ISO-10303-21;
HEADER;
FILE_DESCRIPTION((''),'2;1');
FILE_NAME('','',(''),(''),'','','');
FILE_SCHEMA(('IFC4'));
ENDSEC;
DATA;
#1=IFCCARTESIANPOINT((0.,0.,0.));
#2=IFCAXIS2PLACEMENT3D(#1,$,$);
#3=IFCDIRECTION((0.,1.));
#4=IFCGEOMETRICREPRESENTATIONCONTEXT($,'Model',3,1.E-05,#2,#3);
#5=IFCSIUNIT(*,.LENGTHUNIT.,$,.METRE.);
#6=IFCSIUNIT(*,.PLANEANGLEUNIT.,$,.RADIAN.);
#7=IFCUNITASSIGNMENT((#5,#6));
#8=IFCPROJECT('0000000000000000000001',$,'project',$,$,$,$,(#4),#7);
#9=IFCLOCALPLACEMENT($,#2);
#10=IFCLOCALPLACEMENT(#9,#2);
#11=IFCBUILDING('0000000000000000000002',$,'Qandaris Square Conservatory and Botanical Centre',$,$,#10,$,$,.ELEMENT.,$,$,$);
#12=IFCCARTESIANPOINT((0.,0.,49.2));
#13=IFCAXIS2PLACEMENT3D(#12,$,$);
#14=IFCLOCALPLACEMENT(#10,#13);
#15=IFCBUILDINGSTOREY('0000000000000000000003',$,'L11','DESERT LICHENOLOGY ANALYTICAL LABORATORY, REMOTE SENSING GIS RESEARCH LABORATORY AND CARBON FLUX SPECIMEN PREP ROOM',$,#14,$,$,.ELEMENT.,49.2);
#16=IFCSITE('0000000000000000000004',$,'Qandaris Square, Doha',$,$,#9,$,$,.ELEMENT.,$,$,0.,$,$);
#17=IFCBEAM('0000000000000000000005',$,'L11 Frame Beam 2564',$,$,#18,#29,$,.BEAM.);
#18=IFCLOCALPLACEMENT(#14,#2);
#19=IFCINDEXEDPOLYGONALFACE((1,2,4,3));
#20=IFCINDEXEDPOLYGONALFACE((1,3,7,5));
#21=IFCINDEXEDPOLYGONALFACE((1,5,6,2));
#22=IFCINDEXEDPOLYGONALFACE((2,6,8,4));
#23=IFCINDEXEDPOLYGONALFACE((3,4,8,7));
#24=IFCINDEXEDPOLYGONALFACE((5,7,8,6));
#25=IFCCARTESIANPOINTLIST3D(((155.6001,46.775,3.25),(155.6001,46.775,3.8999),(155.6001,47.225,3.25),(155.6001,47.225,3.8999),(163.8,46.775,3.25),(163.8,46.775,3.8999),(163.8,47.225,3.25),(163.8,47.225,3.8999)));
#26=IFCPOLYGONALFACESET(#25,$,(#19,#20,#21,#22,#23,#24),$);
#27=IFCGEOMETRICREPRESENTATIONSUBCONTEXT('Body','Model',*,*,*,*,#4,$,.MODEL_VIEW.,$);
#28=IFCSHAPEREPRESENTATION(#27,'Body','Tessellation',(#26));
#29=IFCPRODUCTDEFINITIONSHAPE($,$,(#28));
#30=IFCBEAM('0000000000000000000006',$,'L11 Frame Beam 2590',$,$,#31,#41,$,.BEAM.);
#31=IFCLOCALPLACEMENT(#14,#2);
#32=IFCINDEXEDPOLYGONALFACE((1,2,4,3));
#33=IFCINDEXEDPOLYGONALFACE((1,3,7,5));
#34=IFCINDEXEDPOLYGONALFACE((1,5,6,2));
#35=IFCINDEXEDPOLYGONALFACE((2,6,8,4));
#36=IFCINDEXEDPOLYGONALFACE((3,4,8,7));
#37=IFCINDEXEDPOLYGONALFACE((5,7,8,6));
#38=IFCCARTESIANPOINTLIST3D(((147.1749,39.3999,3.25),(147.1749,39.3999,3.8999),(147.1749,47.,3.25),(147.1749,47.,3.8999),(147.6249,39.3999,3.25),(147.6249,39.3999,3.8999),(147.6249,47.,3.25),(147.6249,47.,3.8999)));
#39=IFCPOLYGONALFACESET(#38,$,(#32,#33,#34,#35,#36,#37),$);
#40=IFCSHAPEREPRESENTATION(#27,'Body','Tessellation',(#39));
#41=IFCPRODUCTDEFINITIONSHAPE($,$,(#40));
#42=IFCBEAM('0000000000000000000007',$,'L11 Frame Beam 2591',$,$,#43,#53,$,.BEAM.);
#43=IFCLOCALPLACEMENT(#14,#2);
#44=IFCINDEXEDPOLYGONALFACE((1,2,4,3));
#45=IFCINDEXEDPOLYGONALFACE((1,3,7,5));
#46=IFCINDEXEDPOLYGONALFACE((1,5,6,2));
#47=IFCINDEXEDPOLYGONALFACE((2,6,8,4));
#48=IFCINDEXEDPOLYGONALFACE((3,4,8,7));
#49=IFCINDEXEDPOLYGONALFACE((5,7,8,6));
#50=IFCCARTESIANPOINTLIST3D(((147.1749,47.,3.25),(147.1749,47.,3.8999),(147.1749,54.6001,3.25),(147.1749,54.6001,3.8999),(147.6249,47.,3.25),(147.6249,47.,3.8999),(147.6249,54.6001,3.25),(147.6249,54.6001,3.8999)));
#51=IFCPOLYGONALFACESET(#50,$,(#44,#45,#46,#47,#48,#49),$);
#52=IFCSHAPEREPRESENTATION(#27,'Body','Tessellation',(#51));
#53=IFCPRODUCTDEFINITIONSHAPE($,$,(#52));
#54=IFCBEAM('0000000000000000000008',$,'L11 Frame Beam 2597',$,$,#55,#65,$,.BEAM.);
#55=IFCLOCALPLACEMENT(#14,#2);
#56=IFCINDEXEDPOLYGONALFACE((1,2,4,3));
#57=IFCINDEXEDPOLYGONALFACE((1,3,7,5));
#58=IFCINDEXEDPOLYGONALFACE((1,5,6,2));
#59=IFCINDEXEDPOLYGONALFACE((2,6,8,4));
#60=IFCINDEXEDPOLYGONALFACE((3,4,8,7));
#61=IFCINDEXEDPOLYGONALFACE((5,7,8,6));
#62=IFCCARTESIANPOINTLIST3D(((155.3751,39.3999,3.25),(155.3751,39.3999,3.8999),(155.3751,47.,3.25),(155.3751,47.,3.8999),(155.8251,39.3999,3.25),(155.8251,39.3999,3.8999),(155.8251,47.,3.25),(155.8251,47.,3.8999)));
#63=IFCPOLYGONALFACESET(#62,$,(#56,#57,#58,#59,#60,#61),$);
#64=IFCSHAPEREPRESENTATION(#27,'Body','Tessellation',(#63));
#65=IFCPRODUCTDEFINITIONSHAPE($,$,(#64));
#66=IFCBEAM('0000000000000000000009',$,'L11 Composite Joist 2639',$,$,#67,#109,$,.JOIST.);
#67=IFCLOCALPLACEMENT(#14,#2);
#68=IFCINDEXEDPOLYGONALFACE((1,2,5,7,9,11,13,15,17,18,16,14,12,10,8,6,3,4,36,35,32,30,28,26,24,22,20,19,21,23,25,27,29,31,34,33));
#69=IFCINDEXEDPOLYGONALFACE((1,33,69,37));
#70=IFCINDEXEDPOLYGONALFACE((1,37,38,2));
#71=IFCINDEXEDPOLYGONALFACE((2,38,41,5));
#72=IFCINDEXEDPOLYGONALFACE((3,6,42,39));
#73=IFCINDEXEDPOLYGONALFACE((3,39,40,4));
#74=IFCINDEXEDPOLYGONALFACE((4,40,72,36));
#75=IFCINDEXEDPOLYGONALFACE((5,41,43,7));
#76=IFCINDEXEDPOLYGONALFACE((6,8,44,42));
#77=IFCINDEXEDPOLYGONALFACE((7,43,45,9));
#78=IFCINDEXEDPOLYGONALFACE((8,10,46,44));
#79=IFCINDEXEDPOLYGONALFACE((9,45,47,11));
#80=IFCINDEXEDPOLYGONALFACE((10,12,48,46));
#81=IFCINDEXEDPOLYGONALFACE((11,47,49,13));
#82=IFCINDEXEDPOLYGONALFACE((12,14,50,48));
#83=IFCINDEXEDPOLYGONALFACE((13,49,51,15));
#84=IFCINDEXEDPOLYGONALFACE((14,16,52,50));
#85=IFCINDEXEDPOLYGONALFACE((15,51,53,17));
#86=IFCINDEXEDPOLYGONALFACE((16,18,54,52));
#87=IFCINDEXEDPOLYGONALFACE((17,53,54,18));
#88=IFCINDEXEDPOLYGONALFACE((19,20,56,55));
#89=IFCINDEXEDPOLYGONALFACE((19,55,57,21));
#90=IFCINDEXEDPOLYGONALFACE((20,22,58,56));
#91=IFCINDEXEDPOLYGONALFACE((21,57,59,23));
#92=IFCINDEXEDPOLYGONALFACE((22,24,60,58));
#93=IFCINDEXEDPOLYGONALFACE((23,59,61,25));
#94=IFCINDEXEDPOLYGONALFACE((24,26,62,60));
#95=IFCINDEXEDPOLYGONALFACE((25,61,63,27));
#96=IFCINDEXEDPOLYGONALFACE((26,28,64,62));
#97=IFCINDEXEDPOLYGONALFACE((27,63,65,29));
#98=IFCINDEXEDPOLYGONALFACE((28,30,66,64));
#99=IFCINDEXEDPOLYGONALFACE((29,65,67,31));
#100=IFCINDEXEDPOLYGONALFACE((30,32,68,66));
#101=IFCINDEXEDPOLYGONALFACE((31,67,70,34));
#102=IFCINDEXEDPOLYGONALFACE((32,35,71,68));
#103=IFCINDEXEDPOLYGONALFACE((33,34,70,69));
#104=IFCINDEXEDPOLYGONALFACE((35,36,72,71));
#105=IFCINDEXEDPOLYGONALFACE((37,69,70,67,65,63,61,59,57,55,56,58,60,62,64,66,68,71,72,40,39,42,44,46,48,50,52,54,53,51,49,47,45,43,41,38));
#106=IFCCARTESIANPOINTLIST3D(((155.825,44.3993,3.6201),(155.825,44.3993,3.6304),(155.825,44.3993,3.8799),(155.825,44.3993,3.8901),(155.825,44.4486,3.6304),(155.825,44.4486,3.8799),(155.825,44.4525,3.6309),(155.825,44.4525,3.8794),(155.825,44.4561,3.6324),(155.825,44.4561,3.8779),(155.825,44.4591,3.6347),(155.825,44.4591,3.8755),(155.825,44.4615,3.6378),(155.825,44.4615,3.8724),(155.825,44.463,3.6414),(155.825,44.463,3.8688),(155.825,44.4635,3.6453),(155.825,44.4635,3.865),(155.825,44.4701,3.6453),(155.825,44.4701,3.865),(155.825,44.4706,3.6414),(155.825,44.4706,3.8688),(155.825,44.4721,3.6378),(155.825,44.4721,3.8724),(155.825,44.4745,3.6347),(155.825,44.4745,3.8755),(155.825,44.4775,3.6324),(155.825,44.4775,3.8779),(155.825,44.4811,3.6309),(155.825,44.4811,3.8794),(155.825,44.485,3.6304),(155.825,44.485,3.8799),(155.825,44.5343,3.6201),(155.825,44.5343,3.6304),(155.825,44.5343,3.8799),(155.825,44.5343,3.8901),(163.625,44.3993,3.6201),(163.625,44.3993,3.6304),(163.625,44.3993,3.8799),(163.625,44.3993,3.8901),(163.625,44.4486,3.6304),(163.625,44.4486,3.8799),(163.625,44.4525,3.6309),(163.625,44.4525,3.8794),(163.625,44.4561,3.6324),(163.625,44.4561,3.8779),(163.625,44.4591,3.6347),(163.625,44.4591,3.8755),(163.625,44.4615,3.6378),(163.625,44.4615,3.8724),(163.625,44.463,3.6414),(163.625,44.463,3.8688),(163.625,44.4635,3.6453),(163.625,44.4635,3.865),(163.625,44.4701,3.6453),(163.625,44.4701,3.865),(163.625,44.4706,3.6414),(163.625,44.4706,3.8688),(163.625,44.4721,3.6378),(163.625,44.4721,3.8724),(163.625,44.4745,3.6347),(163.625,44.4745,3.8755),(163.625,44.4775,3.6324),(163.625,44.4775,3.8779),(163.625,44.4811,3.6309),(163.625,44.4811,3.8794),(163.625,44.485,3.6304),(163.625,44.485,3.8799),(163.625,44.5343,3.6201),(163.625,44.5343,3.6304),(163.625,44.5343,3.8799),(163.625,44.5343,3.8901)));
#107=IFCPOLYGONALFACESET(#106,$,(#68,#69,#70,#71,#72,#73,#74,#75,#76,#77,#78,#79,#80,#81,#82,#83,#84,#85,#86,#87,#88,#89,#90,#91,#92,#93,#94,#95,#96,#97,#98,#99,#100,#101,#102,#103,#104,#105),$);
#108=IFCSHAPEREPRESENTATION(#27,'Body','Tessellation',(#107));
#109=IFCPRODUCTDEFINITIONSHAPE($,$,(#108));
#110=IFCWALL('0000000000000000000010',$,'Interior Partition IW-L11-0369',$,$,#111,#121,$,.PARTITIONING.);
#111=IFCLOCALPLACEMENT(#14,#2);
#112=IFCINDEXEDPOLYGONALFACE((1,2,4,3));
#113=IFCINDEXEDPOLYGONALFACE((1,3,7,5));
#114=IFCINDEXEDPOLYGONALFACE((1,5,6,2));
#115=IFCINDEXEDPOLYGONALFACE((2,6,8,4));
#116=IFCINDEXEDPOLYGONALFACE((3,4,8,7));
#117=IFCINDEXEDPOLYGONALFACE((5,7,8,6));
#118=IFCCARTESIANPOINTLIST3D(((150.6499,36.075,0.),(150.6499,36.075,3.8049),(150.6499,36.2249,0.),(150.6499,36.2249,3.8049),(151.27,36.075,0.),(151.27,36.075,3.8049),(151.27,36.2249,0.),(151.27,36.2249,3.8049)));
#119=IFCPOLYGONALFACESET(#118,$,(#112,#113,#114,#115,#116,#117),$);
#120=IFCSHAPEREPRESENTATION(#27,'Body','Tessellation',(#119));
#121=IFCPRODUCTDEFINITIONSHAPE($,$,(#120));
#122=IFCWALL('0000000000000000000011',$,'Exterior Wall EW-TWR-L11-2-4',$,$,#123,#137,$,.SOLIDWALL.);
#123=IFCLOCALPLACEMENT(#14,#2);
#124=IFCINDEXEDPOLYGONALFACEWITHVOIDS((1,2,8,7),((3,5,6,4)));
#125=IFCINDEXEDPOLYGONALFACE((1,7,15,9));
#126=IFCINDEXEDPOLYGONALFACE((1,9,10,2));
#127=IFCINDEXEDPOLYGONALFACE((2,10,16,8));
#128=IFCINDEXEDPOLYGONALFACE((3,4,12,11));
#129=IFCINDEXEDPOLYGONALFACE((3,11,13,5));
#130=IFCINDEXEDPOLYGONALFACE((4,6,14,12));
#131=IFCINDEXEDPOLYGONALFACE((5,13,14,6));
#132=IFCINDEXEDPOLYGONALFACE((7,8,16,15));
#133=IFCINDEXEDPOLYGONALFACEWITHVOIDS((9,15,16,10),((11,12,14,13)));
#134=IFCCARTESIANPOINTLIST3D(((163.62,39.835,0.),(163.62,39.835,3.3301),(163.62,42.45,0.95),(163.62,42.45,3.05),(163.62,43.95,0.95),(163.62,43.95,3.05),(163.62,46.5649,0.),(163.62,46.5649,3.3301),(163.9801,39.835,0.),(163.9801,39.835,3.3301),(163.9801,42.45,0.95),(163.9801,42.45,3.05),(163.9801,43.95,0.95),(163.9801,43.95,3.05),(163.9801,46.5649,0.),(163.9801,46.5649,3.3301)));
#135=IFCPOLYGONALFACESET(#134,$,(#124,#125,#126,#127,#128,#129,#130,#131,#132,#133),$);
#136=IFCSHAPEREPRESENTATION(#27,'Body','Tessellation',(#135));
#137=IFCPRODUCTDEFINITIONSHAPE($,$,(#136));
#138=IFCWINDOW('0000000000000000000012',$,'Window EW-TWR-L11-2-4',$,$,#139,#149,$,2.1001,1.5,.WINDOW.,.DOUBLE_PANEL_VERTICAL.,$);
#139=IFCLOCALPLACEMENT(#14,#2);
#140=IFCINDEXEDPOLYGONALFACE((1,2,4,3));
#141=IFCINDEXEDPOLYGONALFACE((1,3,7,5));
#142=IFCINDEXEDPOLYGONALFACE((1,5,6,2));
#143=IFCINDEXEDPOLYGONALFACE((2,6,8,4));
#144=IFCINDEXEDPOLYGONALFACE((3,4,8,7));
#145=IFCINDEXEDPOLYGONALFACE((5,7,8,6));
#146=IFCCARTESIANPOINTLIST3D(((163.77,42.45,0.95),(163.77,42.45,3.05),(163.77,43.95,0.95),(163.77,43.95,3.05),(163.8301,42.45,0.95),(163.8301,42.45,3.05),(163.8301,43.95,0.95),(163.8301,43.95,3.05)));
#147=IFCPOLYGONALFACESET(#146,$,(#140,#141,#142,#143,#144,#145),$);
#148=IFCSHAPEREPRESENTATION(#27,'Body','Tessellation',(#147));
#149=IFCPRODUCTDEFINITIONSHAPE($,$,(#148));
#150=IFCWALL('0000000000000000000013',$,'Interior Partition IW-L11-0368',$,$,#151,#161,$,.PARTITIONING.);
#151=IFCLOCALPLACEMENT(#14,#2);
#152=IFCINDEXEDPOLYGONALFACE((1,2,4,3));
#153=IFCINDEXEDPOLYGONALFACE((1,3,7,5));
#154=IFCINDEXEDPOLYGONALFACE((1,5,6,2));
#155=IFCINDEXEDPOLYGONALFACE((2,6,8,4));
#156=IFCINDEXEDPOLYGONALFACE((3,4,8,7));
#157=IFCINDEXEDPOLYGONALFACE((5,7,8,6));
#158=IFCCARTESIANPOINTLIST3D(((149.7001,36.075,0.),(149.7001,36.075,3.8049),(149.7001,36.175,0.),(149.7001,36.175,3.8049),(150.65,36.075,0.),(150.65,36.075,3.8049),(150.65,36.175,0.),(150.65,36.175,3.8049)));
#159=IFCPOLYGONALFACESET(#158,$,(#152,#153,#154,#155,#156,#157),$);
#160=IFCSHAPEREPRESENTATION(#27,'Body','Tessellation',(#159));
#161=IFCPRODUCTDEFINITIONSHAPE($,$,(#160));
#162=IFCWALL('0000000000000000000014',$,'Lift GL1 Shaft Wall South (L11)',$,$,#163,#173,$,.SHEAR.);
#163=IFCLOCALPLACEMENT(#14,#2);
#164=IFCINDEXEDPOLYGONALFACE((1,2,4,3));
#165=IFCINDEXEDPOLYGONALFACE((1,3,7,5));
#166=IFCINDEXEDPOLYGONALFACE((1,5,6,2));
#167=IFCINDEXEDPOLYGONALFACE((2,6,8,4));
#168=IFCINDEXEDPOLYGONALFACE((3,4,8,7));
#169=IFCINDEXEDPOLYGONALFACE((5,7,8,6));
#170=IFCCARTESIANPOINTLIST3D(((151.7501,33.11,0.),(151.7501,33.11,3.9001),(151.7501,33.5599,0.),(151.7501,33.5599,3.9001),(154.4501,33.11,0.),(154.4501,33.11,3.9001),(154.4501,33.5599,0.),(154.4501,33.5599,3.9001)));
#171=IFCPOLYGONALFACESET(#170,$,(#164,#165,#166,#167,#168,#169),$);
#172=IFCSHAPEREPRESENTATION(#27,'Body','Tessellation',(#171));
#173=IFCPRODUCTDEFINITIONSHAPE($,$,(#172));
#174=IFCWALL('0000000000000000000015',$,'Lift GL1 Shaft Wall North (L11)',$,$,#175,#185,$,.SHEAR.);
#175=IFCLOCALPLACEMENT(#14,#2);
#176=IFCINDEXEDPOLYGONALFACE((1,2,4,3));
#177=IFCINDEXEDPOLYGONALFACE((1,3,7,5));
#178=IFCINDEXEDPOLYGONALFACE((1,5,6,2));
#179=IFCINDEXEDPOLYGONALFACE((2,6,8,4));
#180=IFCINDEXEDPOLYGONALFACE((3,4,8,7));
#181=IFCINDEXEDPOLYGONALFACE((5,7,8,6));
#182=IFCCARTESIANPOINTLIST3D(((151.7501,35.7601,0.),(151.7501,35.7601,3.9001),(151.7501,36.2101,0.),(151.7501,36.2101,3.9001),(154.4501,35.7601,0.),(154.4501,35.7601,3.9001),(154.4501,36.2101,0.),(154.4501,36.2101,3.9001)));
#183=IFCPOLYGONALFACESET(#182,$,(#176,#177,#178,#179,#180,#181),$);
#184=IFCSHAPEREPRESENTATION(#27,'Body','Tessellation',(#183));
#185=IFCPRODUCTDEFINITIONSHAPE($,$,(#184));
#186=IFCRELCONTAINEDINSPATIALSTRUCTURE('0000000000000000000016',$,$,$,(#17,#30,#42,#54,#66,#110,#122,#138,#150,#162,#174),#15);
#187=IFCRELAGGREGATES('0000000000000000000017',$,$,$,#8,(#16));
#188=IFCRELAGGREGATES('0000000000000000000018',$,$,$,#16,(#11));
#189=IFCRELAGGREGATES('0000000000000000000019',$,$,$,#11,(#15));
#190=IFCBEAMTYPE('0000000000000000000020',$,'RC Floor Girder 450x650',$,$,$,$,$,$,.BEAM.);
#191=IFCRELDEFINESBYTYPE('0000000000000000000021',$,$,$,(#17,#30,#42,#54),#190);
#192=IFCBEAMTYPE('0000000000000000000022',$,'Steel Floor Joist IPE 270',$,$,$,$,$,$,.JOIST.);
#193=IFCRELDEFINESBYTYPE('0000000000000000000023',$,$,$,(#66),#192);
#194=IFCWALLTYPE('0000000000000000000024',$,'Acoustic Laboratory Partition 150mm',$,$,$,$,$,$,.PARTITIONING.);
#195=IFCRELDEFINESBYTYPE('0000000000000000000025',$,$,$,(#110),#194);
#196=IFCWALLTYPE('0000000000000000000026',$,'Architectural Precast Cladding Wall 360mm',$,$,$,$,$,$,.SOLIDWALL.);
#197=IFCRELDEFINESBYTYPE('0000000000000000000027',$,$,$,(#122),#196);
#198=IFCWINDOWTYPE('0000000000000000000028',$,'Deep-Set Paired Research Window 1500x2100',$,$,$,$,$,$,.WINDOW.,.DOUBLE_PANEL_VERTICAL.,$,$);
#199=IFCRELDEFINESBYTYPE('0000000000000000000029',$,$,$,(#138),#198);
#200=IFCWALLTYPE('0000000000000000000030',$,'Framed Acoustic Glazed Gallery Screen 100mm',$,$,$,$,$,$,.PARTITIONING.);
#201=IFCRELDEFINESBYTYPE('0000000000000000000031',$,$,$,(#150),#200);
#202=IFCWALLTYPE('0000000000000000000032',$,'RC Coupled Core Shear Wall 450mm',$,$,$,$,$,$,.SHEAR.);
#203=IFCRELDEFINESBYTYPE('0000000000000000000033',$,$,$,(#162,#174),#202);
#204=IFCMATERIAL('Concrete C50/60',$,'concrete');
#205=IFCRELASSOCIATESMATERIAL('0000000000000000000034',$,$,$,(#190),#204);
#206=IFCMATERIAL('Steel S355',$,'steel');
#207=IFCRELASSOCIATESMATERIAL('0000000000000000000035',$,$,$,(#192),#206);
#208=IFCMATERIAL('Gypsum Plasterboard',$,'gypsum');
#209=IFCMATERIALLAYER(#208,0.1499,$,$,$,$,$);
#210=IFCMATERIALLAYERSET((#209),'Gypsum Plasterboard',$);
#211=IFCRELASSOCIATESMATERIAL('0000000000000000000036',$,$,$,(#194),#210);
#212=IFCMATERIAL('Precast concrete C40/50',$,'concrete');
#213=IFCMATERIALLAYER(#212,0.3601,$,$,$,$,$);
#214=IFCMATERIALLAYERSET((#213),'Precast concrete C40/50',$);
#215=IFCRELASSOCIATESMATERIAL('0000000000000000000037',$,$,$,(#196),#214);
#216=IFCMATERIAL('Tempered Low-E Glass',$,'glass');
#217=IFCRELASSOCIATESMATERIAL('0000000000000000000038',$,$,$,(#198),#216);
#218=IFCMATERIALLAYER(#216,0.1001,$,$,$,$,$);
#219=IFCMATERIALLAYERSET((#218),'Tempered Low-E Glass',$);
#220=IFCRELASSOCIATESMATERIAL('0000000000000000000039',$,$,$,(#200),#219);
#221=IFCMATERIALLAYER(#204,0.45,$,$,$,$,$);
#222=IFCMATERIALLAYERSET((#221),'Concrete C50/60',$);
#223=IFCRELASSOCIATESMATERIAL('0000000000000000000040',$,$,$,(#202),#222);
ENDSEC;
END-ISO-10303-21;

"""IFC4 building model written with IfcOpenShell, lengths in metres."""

from ifc_helpers import new_model, si_unit, direction, frame, frame_2d, origin, origin_2d, place, context, subcontext, project, spatial, rectangle, i_section, extrude, material, layer, layer_set, material_profile, profile_set, type_object, element, fill, save


model = new_model("IFC4")

# Units and contexts
model_context = context("Model", 3, precision=1e-05, world=origin(), true_north=direction((0.0, 1.0)))
body_context = subcontext(model_context, "Body", "Model", "MODEL_VIEW")
ifc_project = project(units=[si_unit("LENGTHUNIT", "METRE"), si_unit("PLANEANGLEUNIT", "RADIAN")], contexts=[model_context])

# Site, building, storey
site_placement = place(None, origin())
site = spatial("IfcSite", under=ifc_project, at=site_placement, Name="Qandaris Square, Doha", CompositionType="ELEMENT", RefElevation=0.0)
building_placement = place(site_placement, origin())
building = spatial("IfcBuilding", under=site, at=building_placement, Name="Qandaris Square Conservatory and Botanical Centre", CompositionType="ELEMENT")
storey_placement = place(building_placement, frame((0.0, 0.0, 49.2)))
storey = spatial("IfcBuildingStorey", under=building, at=storey_placement, Name="L11", Description="DESERT LICHENOLOGY ANALYTICAL LABORATORY, REMOTE SENSING GIS RESEARCH LABORATORY AND CARBON FLUX SPECIMEN PREP ROOM", CompositionType="ELEMENT", Elevation=49.2)

# Shared definitions
ifc_material_1 = material(Name="Concrete C50/60", Category="concrete")

# Beams
ifc_material_2 = material(Name="Steel S355", Category="steel")
ifc_material_profile_1 = material_profile(ifc_material_1, rectangle(XDim=0.45, YDim=0.6499, at=origin_2d()), Name="RC-BM 450x650")
ifc_profile_set_1 = profile_set([ifc_material_profile_1], Name="Concrete C50/60")
beam_type_1 = type_object("IfcBeamType", Name="RC Floor Girder 450x650", PredefinedType="BEAM", material=ifc_profile_set_1)
beam_1_placement = place(storey_placement, frame((155.6001, 47.0, 3.575), z_axis=(1.0, 0.0, 0.0), x_axis=(0.0, 1.0, 0.0)))
element("IfcBeam", 1, at=beam_1_placement, inside=storey, type_object=beam_type_1, Name="L11 Frame Beam 2564", PredefinedType="BEAM", context=body_context, shape_type="SweptSolid", body=[
    extrude(rectangle(XDim=0.45, YDim=0.6499, at=origin_2d()), origin(), (0.0, 0.0, 1.0), 8.2),
])
for number, where, z_axis, x_axis, name in (
    (2, (147.3999, 39.3999, 3.575), (0.0, 1.0, 0.0), (-1.0, 0.0, 0.0), "L11 Frame Beam 2590"),
    (3, (147.3999, 47.0, 3.575), (0.0, 1.0, 0.0), (-1.0, 0.0, 0.0), "L11 Frame Beam 2591"),
    (4, (155.6001, 39.3999, 3.575), (0.0, 1.0, 0.0), (-1.0, 0.0, 0.0), "L11 Frame Beam 2597"),
):
    element("IfcBeam", number, at=place(storey_placement, frame(where, z_axis=z_axis, x_axis=x_axis)), inside=storey, type_object=beam_type_1, Name=name, PredefinedType="BEAM", context=body_context, shape_type="SweptSolid", body=[
        extrude(rectangle(XDim=0.45, YDim=0.6499, at=origin_2d()), origin(), (0.0, 0.0, 1.0), 7.6001),
    ])
ifc_material_profile_2 = material_profile(ifc_material_2, i_section(OverallWidth=0.135, OverallDepth=0.27, WebThickness=0.0066, FlangeThickness=0.0103, FilletRadius=0.0149, at=origin_2d()), Name="IPE 270")
ifc_profile_set_2 = profile_set([ifc_material_profile_2], Name="Steel S355")
beam_type_2 = type_object("IfcBeamType", Name="Steel Floor Joist IPE 270", PredefinedType="JOIST", material=ifc_profile_set_2)
beam_2_placement = place(storey_placement, frame((155.825, 44.4668, 3.7551), z_axis=(1.0, 0.0, 0.0), x_axis=(0.0, 1.0, 0.0)))
element("IfcBeam", 5, at=beam_2_placement, inside=storey, type_object=beam_type_2, Name="L11 Composite Joist 2639", PredefinedType="JOIST", context=body_context, shape_type="SweptSolid", body=[
    extrude(i_section(OverallWidth=0.135, OverallDepth=0.27, WebThickness=0.0066, FlangeThickness=0.0103, FilletRadius=0.0149, at=origin_2d()), origin(), (0.0, 0.0, 1.0), 7.8),
])

# Wall
ifc_material_3 = material(Name="Gypsum Plasterboard", Category="gypsum")
ifc_layer_1 = layer(ifc_material_3, 0.1499)
ifc_layer_set_1 = layer_set([ifc_layer_1], Name="Gypsum Plasterboard")
wall_type_1 = type_object("IfcWallType", Name="Acoustic Laboratory Partition 150mm", PredefinedType="PARTITIONING", material=ifc_layer_set_1)
wall_1_placement = place(storey_placement, frame((150.6499, 36.1499, 0.0), z_axis=(0.0, 0.0, 1.0), x_axis=(1.0, 0.0, 0.0)))
element("IfcWall", 6, at=wall_1_placement, inside=storey, type_object=wall_type_1, Name="Interior Partition IW-L11-0369", PredefinedType="PARTITIONING", context=body_context, shape_type="SweptSolid", body=[
    extrude(rectangle(XDim=0.6201, YDim=0.1499, at=frame_2d((0.3101, 0.0))), origin(), (0.0, 0.0, 1.0), 3.8049),
])

# Wall, opening, window
ifc_material_4 = material(Name="Precast concrete C40/50", Category="concrete")
ifc_layer_2 = layer(ifc_material_4, 0.3601)
ifc_layer_set_2 = layer_set([ifc_layer_2], Name="Precast concrete C40/50")
wall_type_2 = type_object("IfcWallType", Name="Architectural Precast Cladding Wall 360mm", PredefinedType="SOLIDWALL", material=ifc_layer_set_2)
wall_2_placement = place(storey_placement, frame((163.8, 39.835, 0.0), z_axis=(0.0, 0.0, 1.0), x_axis=(0.0, 1.0, 0.0)))
wall_2 = element("IfcWall", 7, at=wall_2_placement, inside=storey, type_object=wall_type_2, Name="Exterior Wall EW-TWR-L11-2-4", PredefinedType="SOLIDWALL", context=body_context, shape_type="SweptSolid", body=[
    extrude(rectangle(XDim=6.73, YDim=0.3601, at=frame_2d((3.365, 0.0))), origin(), (0.0, 0.0, 1.0), 3.3301),
])
opening_1_placement = place(wall_2_placement, frame((2.615, 0.0, 0.95)))
opening_1 = element("IfcOpeningElement", 8, at=opening_1_placement, cuts=wall_2, PredefinedType="OPENING", context=body_context, shape_type="SweptSolid", body=[
    extrude(rectangle(XDim=1.5, YDim=2.1001, at=frame_2d((0.75, 1.05))), frame((0.0, 0.1919, 0.0), z_axis=(0.0, -1.0, 0.0), x_axis=(1.0, 0.0, 0.0)), (0.0, 0.0, 1.0), 0.384),
])
ifc_material_5 = material(Name="Tempered Low-E Glass", Category="glass")
window_type = type_object("IfcWindowType", Name="Deep-Set Paired Research Window 1500x2100", PartitioningType="DOUBLE_PANEL_VERTICAL", PredefinedType="WINDOW", material=ifc_material_5)
window_placement = place(opening_1_placement, origin())
window = element("IfcWindow", 9, at=window_placement, inside=storey, type_object=window_type, Name="Window EW-TWR-L11-2-4", OverallHeight=2.1001, OverallWidth=1.5, PartitioningType="DOUBLE_PANEL_VERTICAL", PredefinedType="WINDOW", context=body_context, shape_type="SweptSolid", body=[
    extrude(rectangle(XDim=1.5, YDim=2.1001, at=frame_2d((0.75, 1.05))), frame((0.0, 0.03, 0.0), z_axis=(0.0, -1.0, 0.0), x_axis=(1.0, 0.0, 0.0)), (0.0, 0.0, 1.0), 0.0601),
])
fill(opening_1, window)

# Walls
ifc_layer_3 = layer(ifc_material_5, 0.1001)
ifc_layer_set_3 = layer_set([ifc_layer_3], Name="Tempered Low-E Glass")
wall_type_3 = type_object("IfcWallType", Name="Framed Acoustic Glazed Gallery Screen 100mm", PredefinedType="PARTITIONING", material=ifc_layer_set_3)
wall_3_placement = place(storey_placement, frame((149.7, 36.125, 0.0), z_axis=(0.0, 0.0, 1.0), x_axis=(1.0, 0.0, 0.0)))
element("IfcWall", 10, at=wall_3_placement, inside=storey, type_object=wall_type_3, Name="Interior Partition IW-L11-0368", PredefinedType="PARTITIONING", context=body_context, shape_type="SweptSolid", body=[
    extrude(rectangle(XDim=0.95, YDim=0.1001, at=frame_2d((0.4751, 0.0))), origin(), (0.0, 0.0, 1.0), 3.8049),
])
ifc_layer_4 = layer(ifc_material_1, 0.45)
ifc_layer_set_4 = layer_set([ifc_layer_4], Name="Concrete C50/60")
wall_type_4 = type_object("IfcWallType", Name="RC Coupled Core Shear Wall 450mm", PredefinedType="SHEAR", material=ifc_layer_set_4)
for number, where, z_axis, x_axis, name in (
    (11, (151.75, 33.335, 0.0), (0.0, 0.0, 1.0), (1.0, 0.0, 0.0), "Lift GL1 Shaft Wall South (L11)"),
    (12, (151.75, 35.9851, 0.0), (0.0, 0.0, 1.0), (1.0, 0.0, 0.0), "Lift GL1 Shaft Wall North (L11)"),
):
    element("IfcWall", number, at=place(storey_placement, frame(where, z_axis=z_axis, x_axis=x_axis)), inside=storey, type_object=wall_type_4, Name=name, PredefinedType="SHEAR", context=body_context, shape_type="SweptSolid", body=[
        extrude(rectangle(XDim=2.7, YDim=0.45, at=frame_2d((1.3501, 0.0))), origin(), (0.0, 0.0, 1.0), 3.9001),
    ])

save(model, "model.ifc")
